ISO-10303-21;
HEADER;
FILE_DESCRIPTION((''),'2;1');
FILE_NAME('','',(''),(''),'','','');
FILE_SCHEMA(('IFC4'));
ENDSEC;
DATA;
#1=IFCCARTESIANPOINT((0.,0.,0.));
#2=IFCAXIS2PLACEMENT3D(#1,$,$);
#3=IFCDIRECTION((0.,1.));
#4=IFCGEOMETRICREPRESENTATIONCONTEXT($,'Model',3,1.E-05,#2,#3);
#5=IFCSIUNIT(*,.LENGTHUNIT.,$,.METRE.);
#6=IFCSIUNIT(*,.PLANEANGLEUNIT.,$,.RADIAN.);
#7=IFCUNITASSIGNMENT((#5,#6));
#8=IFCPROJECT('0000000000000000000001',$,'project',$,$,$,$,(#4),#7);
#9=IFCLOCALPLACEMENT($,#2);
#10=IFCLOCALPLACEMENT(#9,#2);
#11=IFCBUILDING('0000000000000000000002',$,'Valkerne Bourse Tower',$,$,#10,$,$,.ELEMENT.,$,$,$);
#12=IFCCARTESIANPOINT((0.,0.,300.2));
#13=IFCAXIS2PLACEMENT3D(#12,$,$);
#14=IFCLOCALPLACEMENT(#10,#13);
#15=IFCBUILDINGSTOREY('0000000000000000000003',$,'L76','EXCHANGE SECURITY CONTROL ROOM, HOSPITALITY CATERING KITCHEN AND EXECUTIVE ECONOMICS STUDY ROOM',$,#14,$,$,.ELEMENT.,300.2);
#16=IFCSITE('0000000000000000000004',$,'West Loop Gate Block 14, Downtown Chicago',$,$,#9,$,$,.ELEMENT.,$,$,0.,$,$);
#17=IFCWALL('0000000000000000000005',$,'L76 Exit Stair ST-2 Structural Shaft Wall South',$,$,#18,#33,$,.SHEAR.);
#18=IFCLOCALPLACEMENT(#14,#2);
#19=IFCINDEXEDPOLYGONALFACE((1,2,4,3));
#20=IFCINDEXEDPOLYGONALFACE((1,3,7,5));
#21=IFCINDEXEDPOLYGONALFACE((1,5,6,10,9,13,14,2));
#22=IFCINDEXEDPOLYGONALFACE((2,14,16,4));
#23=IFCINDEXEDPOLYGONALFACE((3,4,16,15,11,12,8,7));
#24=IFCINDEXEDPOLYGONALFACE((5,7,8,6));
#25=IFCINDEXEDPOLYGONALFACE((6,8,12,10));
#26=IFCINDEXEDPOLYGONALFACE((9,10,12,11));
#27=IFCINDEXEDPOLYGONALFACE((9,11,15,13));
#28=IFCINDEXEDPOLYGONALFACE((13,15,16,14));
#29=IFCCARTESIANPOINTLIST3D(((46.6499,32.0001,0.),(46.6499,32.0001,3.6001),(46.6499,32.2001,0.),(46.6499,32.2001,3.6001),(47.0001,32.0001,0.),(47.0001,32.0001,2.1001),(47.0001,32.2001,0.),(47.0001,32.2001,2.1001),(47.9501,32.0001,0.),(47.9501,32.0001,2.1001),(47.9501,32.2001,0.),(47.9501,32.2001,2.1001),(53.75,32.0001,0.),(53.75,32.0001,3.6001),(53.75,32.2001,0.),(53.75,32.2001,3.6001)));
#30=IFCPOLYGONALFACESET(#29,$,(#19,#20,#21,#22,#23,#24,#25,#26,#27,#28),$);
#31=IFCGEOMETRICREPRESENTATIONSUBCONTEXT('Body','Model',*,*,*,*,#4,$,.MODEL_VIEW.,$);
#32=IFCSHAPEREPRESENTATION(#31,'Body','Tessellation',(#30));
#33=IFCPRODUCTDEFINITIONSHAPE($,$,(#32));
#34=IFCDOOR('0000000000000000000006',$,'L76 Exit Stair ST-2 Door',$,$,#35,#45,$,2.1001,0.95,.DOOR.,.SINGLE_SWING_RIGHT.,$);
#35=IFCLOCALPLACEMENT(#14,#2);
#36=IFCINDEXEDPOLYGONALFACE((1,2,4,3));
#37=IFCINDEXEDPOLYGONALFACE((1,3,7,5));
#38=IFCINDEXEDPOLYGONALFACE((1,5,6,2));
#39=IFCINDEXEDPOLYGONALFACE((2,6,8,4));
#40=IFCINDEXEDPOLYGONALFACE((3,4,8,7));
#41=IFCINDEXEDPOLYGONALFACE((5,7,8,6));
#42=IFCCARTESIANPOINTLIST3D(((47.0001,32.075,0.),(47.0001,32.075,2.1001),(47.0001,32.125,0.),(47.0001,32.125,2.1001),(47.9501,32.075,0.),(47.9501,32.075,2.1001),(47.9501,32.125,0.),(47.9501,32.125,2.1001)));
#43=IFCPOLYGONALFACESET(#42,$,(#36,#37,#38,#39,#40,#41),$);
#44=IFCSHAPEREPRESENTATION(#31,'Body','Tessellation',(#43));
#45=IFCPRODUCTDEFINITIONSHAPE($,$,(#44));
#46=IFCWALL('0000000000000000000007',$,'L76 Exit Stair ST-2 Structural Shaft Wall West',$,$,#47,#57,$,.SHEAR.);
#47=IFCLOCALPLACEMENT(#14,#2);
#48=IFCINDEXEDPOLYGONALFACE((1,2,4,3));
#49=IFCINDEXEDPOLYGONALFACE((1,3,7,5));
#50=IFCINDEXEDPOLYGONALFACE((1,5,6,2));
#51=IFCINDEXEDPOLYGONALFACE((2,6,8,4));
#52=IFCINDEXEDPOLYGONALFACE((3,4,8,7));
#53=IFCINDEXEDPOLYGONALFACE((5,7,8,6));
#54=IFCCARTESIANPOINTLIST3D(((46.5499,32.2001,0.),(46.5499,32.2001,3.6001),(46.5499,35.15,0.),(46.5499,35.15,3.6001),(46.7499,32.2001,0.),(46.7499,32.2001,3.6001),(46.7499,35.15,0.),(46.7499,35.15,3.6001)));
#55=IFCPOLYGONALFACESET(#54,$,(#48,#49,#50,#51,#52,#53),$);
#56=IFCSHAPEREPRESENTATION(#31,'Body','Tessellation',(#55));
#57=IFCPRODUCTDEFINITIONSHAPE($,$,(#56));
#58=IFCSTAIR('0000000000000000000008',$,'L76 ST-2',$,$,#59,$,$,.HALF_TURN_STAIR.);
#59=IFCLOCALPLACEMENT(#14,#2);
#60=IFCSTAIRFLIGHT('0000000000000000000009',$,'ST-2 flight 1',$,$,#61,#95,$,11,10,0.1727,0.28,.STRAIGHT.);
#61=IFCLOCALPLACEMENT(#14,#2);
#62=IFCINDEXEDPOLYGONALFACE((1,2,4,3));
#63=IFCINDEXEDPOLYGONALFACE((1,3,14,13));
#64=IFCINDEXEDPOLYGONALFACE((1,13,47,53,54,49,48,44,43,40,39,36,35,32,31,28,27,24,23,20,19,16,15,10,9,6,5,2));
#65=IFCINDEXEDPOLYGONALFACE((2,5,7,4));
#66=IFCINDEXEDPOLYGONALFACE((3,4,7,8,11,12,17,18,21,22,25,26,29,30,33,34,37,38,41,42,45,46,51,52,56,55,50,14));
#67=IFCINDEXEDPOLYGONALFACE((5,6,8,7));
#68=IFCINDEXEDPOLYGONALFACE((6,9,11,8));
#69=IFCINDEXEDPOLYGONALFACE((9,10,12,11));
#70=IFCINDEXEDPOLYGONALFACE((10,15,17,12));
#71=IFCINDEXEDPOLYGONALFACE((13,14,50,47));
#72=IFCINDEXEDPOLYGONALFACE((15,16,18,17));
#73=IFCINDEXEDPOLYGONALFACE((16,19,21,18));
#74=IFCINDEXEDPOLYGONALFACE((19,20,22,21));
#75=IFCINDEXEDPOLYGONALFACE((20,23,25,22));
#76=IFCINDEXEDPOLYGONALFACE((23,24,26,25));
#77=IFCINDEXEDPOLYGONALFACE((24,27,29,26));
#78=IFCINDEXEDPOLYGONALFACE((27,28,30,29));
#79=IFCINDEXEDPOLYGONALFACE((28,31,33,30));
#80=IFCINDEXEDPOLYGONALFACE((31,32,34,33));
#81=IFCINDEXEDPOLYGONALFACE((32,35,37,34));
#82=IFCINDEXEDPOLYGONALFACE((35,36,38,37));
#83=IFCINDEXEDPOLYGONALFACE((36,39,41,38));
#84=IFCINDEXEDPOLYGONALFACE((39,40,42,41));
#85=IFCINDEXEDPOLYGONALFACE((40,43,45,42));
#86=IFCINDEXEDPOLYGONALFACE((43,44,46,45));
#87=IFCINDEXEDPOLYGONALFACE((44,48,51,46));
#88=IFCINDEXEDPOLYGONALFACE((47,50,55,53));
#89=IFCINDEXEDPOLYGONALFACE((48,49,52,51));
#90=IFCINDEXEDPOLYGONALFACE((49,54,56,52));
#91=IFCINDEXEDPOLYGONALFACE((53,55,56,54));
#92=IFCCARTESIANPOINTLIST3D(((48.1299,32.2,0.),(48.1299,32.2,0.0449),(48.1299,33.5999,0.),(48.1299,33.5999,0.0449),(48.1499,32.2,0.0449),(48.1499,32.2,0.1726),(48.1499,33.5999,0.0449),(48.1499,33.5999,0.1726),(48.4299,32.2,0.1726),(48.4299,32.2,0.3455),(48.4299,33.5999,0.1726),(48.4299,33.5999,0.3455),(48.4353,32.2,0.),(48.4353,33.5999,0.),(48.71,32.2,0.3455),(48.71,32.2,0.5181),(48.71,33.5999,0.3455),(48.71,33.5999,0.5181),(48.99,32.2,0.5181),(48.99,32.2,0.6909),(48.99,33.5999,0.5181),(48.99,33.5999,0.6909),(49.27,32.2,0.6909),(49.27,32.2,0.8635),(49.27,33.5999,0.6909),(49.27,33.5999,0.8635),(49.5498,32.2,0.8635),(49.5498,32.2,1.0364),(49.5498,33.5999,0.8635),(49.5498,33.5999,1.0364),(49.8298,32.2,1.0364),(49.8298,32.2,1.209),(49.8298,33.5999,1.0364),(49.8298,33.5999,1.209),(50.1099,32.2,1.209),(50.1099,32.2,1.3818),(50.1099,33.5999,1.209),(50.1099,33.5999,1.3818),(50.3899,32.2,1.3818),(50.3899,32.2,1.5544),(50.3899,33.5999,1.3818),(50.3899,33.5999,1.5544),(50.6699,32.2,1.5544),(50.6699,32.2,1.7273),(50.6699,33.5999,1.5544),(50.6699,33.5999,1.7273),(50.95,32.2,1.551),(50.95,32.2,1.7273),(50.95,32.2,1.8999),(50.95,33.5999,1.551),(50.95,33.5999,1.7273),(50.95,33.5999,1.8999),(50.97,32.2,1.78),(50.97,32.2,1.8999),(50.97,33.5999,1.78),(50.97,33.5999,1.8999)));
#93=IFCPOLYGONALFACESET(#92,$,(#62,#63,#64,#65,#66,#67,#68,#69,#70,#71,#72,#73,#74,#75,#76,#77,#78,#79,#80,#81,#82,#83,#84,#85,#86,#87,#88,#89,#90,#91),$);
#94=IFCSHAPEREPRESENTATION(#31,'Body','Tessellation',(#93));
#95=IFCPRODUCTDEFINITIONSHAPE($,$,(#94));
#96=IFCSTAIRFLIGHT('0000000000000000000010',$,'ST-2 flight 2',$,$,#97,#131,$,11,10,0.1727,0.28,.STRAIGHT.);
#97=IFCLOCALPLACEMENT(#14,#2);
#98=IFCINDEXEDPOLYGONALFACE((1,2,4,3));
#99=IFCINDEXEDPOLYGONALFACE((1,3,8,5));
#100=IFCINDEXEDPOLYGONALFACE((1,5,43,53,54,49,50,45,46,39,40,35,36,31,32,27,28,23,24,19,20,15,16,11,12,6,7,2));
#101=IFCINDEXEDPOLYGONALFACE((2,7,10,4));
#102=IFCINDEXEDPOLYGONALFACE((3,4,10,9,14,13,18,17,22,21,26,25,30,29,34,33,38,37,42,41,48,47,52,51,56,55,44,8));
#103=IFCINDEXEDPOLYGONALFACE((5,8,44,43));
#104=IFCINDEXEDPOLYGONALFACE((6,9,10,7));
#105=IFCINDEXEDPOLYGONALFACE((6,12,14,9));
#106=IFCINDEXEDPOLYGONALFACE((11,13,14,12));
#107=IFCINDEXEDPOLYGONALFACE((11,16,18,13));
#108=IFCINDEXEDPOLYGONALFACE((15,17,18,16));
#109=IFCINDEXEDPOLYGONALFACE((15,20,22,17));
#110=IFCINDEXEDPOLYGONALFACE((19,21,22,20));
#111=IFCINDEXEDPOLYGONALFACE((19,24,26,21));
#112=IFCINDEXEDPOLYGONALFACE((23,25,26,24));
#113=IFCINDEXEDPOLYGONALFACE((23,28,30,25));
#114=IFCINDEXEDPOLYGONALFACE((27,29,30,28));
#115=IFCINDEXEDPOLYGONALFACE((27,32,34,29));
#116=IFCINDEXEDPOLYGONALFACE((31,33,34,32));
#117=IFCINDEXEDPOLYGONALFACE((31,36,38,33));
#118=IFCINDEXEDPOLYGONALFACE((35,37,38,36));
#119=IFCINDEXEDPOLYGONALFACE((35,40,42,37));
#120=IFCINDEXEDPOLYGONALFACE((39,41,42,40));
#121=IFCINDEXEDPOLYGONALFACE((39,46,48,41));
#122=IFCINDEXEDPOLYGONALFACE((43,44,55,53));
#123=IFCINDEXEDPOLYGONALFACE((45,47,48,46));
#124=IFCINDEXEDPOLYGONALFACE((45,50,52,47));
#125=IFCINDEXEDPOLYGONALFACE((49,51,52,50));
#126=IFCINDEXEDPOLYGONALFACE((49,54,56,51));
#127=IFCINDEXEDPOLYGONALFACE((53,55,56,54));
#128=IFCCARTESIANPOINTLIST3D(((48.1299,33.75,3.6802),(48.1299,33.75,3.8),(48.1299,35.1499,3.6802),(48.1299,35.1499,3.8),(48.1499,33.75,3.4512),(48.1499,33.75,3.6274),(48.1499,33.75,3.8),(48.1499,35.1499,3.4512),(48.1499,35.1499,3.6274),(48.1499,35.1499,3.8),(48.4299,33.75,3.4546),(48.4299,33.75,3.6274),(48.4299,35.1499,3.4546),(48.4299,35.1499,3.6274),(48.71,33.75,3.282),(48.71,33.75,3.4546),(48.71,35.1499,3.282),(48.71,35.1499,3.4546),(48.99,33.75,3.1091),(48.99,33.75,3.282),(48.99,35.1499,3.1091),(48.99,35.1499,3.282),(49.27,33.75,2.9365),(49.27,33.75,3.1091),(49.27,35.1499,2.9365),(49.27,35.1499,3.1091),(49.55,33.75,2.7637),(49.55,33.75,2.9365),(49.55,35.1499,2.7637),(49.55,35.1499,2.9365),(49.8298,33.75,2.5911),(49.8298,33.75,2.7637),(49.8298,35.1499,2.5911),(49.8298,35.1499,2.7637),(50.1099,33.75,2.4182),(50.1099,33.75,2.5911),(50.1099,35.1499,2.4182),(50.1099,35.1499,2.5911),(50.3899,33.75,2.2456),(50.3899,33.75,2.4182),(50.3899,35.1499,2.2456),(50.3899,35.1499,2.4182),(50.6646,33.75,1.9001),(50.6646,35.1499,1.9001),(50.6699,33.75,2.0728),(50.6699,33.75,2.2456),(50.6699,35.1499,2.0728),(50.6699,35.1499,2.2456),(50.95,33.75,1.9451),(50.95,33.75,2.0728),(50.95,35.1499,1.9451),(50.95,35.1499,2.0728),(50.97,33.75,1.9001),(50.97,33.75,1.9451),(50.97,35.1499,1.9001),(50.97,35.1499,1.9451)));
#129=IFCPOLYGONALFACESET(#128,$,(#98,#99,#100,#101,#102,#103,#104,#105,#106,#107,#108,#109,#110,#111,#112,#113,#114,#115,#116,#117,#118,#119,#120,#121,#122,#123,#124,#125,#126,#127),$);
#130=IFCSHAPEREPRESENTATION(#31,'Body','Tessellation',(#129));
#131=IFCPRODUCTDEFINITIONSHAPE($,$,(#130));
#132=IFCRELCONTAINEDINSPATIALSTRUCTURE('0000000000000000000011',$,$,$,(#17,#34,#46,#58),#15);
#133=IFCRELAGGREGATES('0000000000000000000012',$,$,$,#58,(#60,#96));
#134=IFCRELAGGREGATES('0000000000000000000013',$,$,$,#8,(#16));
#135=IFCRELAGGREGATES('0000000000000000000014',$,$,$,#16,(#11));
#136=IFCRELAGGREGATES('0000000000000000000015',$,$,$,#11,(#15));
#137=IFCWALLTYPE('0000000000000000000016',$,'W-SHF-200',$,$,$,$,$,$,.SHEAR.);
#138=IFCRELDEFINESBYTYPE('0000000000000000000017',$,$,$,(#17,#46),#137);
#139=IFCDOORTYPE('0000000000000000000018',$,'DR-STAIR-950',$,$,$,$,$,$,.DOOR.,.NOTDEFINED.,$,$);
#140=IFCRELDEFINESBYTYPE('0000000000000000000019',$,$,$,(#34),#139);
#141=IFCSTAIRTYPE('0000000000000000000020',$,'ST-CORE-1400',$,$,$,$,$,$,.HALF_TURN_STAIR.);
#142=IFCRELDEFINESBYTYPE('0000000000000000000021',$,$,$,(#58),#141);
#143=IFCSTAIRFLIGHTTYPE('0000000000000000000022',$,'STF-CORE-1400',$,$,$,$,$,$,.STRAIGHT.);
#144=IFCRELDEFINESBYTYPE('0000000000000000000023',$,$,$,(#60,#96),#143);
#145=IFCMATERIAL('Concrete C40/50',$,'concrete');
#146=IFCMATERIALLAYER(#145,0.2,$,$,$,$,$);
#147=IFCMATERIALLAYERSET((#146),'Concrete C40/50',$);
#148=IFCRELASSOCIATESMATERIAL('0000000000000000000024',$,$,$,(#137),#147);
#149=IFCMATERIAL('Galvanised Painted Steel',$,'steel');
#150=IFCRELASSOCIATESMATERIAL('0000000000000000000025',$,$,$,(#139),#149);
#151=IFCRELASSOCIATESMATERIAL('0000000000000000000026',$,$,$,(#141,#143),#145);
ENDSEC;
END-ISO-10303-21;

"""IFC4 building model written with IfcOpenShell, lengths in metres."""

from ifc_helpers import new_model, si_unit, direction, frame, frame_2d, origin, place, context, subcontext, project, spatial, polyline, rectangle, outline, extrude, material, layer, layer_set, type_object, element, fill, aggregate, save


model = new_model("IFC4")

# Units and contexts
model_context = context("Model", 3, precision=1e-05, world=origin(), true_north=direction((0.0, 1.0)))
body_context = subcontext(model_context, "Body", "Model", "MODEL_VIEW")
ifc_project = project(units=[si_unit("LENGTHUNIT", "METRE"), si_unit("PLANEANGLEUNIT", "RADIAN")], contexts=[model_context])

# Site, building, storey
site_placement = place(None, origin())
site = spatial("IfcSite", under=ifc_project, at=site_placement, Name="West Loop Gate Block 14, Downtown Chicago", CompositionType="ELEMENT", RefElevation=0.0)
building_placement = place(site_placement, origin())
building = spatial("IfcBuilding", under=site, at=building_placement, Name="Valkerne Bourse Tower", CompositionType="ELEMENT")
storey_placement = place(building_placement, frame((0.0, 0.0, 300.2)))
storey = spatial("IfcBuildingStorey", under=building, at=storey_placement, Name="L76", Description="EXCHANGE SECURITY CONTROL ROOM, HOSPITALITY CATERING KITCHEN AND EXECUTIVE ECONOMICS STUDY ROOM", CompositionType="ELEMENT", Elevation=300.2)

# Shared definitions
ifc_material_1 = material(Name="Galvanised Painted Steel", Category="steel")

# Wall, opening, door
ifc_material_2 = material(Name="Concrete C40/50", Category="concrete")
ifc_layer_1 = layer(ifc_material_2, 0.2)
ifc_layer_set_1 = layer_set([ifc_layer_1], Name="Concrete C40/50")
wall_type_1 = type_object("IfcWallType", Name="W-SHF-200", PredefinedType="SHEAR", material=ifc_layer_set_1)
wall_1_placement = place(storey_placement, frame((46.6499, 32.1001, 0.0), z_axis=(0.0, 0.0, 1.0), x_axis=(1.0, 0.0, 0.0)))
wall_1 = element("IfcWall", 1, at=wall_1_placement, inside=storey, type_object=wall_type_1, Name="L76 Exit Stair ST-2 Structural Shaft Wall South", PredefinedType="SHEAR", context=body_context, shape_type="SweptSolid", body=[
    extrude(rectangle(XDim=7.1001, YDim=0.2, at=frame_2d((3.55, 0.0))), origin(), (0.0, 0.0, 1.0), 3.6001),
])
opening_1_placement = place(wall_1_placement, frame((0.3501, 0.0, 0.0)))
opening_1 = element("IfcOpeningElement", 2, at=opening_1_placement, cuts=wall_1, PredefinedType="OPENING", context=body_context, shape_type="SweptSolid", body=[
    extrude(rectangle(XDim=0.95, YDim=2.1001, at=frame_2d((0.4751, 1.05))), frame((0.0, 0.1099, 0.0), z_axis=(0.0, -1.0, 0.0), x_axis=(1.0, 0.0, 0.0)), (0.0, 0.0, 1.0), 0.22),
])
door_type_1 = type_object("IfcDoorType", Name="DR-STAIR-950", OperationType="NOTDEFINED", PredefinedType="DOOR", material=ifc_material_1)
door_1_placement = place(opening_1_placement, origin())
door_1 = element("IfcDoor", 3, at=door_1_placement, inside=storey, type_object=door_type_1, Name="L76 Exit Stair ST-2 Door", OperationType="SINGLE_SWING_RIGHT", OverallHeight=2.1001, OverallWidth=0.95, PredefinedType="DOOR", context=body_context, shape_type="SweptSolid", body=[
    extrude(rectangle(XDim=0.95, YDim=2.1001, at=frame_2d((0.4751, 1.05))), frame((0.0, 0.0249, 0.0), z_axis=(0.0, -1.0, 0.0), x_axis=(1.0, 0.0, 0.0)), (0.0, 0.0, 1.0), 0.05),
])
fill(opening_1, door_1)

# Wall
wall_2_placement = place(storey_placement, frame((46.6499, 32.2, 0.0), z_axis=(0.0, 0.0, 1.0), x_axis=(0.0, 1.0, 0.0)))
element("IfcWall", 4, at=wall_2_placement, inside=storey, type_object=wall_type_1, Name="L76 Exit Stair ST-2 Structural Shaft Wall West", PredefinedType="SHEAR", context=body_context, shape_type="SweptSolid", body=[
    extrude(rectangle(XDim=2.95, YDim=0.2, at=frame_2d((1.4751, 0.0))), origin(), (0.0, 0.0, 1.0), 3.6001),
])

# Stair, stair flights
stair_type = type_object("IfcStairType", Name="ST-CORE-1400", PredefinedType="HALF_TURN_STAIR", material=ifc_material_2)
stair_placement = place(storey_placement, origin())
stair = element("IfcStair", 5, at=stair_placement, inside=storey, type_object=stair_type, Name="L76 ST-2", PredefinedType="HALF_TURN_STAIR")
stair_flight_type = type_object("IfcStairFlightType", Name="STF-CORE-1400", PredefinedType="STRAIGHT", material=ifc_material_2)
stair_flight_1_placement = place(storey_placement, frame((48.1499, 32.8999, 0.0), z_axis=(0.0, 0.0, 1.0), x_axis=(1.0, 0.0, 0.0)))
stair_flight_1 = element("IfcStairFlight", 6, at=stair_flight_1_placement, type_object=stair_flight_type, Name="ST-2 flight 1", NumberOfRisers=11, NumberOfTreads=10, PredefinedType="STRAIGHT", RiserHeight=0.1727, TreadLength=0.28, context=body_context, shape_type="SweptSolid", body=[
    extrude(outline(polyline([(-0.02, 0.0), (-0.02, 0.0449), (0.0, 0.0449), (0.0, 0.1726), (0.28, 0.1726), (0.28, 0.3455), (0.5601, 0.3455), (0.5601, 0.5181), (0.8401, 0.5181), (0.8401, 0.6909), (1.1201, 0.6909), (1.1201, 0.8635), (1.3999, 0.8635), (1.3999, 1.0364), (1.6799, 1.0364), (1.6799, 1.209), (1.96, 1.209), (1.96, 1.3818), (2.24, 1.3818), (2.24, 1.5544), (2.52, 1.5544), (2.52, 1.7273), (2.8, 1.7273), (2.8, 1.8999), (2.8201, 1.8999), (2.8201, 1.78), (2.8, 1.551), (0.2854, 0.0), (-0.02, 0.0)])), frame((0.0, 0.7, 0.0), z_axis=(0.0, -1.0, 0.0), x_axis=(1.0, 0.0, 0.0)), (0.0, 0.0, 1.0), 1.3999),
])
stair_flight_2_placement = place(storey_placement, frame((50.95, 34.45, 1.9001), z_axis=(0.0, 0.0, 1.0), x_axis=(-1.0, 0.0, 0.0)))
stair_flight_2 = element("IfcStairFlight", 7, at=stair_flight_2_placement, type_object=stair_flight_type, Name="ST-2 flight 2", NumberOfRisers=11, NumberOfTreads=10, PredefinedType="STRAIGHT", RiserHeight=0.1727, TreadLength=0.28, context=body_context, shape_type="SweptSolid", body=[
    extrude(outline(polyline([(-0.02, 0.0), (-0.02, 0.0449), (0.0, 0.0449), (0.0, 0.1726), (0.28, 0.1726), (0.28, 0.3455), (0.5601, 0.3455), (0.5601, 0.5181), (0.8401, 0.5181), (0.8401, 0.6909), (1.1201, 0.6909), (1.1201, 0.8635), (1.3999, 0.8635), (1.3999, 1.0364), (1.6799, 1.0364), (1.6799, 1.209), (1.96, 1.209), (1.96, 1.3818), (2.24, 1.3818), (2.24, 1.5544), (2.52, 1.5544), (2.52, 1.7273), (2.8, 1.7273), (2.8, 1.8999), (2.8201, 1.8999), (2.8201, 1.78), (2.8, 1.551), (0.2854, 0.0), (-0.02, 0.0)])), frame((0.0, 0.7, 0.0), z_axis=(0.0, -1.0, 0.0), x_axis=(1.0, 0.0, 0.0)), (0.0, 0.0, 1.0), 1.3999),
])
aggregate(stair, [stair_flight_1, stair_flight_2])

save(model, "model.ifc")
